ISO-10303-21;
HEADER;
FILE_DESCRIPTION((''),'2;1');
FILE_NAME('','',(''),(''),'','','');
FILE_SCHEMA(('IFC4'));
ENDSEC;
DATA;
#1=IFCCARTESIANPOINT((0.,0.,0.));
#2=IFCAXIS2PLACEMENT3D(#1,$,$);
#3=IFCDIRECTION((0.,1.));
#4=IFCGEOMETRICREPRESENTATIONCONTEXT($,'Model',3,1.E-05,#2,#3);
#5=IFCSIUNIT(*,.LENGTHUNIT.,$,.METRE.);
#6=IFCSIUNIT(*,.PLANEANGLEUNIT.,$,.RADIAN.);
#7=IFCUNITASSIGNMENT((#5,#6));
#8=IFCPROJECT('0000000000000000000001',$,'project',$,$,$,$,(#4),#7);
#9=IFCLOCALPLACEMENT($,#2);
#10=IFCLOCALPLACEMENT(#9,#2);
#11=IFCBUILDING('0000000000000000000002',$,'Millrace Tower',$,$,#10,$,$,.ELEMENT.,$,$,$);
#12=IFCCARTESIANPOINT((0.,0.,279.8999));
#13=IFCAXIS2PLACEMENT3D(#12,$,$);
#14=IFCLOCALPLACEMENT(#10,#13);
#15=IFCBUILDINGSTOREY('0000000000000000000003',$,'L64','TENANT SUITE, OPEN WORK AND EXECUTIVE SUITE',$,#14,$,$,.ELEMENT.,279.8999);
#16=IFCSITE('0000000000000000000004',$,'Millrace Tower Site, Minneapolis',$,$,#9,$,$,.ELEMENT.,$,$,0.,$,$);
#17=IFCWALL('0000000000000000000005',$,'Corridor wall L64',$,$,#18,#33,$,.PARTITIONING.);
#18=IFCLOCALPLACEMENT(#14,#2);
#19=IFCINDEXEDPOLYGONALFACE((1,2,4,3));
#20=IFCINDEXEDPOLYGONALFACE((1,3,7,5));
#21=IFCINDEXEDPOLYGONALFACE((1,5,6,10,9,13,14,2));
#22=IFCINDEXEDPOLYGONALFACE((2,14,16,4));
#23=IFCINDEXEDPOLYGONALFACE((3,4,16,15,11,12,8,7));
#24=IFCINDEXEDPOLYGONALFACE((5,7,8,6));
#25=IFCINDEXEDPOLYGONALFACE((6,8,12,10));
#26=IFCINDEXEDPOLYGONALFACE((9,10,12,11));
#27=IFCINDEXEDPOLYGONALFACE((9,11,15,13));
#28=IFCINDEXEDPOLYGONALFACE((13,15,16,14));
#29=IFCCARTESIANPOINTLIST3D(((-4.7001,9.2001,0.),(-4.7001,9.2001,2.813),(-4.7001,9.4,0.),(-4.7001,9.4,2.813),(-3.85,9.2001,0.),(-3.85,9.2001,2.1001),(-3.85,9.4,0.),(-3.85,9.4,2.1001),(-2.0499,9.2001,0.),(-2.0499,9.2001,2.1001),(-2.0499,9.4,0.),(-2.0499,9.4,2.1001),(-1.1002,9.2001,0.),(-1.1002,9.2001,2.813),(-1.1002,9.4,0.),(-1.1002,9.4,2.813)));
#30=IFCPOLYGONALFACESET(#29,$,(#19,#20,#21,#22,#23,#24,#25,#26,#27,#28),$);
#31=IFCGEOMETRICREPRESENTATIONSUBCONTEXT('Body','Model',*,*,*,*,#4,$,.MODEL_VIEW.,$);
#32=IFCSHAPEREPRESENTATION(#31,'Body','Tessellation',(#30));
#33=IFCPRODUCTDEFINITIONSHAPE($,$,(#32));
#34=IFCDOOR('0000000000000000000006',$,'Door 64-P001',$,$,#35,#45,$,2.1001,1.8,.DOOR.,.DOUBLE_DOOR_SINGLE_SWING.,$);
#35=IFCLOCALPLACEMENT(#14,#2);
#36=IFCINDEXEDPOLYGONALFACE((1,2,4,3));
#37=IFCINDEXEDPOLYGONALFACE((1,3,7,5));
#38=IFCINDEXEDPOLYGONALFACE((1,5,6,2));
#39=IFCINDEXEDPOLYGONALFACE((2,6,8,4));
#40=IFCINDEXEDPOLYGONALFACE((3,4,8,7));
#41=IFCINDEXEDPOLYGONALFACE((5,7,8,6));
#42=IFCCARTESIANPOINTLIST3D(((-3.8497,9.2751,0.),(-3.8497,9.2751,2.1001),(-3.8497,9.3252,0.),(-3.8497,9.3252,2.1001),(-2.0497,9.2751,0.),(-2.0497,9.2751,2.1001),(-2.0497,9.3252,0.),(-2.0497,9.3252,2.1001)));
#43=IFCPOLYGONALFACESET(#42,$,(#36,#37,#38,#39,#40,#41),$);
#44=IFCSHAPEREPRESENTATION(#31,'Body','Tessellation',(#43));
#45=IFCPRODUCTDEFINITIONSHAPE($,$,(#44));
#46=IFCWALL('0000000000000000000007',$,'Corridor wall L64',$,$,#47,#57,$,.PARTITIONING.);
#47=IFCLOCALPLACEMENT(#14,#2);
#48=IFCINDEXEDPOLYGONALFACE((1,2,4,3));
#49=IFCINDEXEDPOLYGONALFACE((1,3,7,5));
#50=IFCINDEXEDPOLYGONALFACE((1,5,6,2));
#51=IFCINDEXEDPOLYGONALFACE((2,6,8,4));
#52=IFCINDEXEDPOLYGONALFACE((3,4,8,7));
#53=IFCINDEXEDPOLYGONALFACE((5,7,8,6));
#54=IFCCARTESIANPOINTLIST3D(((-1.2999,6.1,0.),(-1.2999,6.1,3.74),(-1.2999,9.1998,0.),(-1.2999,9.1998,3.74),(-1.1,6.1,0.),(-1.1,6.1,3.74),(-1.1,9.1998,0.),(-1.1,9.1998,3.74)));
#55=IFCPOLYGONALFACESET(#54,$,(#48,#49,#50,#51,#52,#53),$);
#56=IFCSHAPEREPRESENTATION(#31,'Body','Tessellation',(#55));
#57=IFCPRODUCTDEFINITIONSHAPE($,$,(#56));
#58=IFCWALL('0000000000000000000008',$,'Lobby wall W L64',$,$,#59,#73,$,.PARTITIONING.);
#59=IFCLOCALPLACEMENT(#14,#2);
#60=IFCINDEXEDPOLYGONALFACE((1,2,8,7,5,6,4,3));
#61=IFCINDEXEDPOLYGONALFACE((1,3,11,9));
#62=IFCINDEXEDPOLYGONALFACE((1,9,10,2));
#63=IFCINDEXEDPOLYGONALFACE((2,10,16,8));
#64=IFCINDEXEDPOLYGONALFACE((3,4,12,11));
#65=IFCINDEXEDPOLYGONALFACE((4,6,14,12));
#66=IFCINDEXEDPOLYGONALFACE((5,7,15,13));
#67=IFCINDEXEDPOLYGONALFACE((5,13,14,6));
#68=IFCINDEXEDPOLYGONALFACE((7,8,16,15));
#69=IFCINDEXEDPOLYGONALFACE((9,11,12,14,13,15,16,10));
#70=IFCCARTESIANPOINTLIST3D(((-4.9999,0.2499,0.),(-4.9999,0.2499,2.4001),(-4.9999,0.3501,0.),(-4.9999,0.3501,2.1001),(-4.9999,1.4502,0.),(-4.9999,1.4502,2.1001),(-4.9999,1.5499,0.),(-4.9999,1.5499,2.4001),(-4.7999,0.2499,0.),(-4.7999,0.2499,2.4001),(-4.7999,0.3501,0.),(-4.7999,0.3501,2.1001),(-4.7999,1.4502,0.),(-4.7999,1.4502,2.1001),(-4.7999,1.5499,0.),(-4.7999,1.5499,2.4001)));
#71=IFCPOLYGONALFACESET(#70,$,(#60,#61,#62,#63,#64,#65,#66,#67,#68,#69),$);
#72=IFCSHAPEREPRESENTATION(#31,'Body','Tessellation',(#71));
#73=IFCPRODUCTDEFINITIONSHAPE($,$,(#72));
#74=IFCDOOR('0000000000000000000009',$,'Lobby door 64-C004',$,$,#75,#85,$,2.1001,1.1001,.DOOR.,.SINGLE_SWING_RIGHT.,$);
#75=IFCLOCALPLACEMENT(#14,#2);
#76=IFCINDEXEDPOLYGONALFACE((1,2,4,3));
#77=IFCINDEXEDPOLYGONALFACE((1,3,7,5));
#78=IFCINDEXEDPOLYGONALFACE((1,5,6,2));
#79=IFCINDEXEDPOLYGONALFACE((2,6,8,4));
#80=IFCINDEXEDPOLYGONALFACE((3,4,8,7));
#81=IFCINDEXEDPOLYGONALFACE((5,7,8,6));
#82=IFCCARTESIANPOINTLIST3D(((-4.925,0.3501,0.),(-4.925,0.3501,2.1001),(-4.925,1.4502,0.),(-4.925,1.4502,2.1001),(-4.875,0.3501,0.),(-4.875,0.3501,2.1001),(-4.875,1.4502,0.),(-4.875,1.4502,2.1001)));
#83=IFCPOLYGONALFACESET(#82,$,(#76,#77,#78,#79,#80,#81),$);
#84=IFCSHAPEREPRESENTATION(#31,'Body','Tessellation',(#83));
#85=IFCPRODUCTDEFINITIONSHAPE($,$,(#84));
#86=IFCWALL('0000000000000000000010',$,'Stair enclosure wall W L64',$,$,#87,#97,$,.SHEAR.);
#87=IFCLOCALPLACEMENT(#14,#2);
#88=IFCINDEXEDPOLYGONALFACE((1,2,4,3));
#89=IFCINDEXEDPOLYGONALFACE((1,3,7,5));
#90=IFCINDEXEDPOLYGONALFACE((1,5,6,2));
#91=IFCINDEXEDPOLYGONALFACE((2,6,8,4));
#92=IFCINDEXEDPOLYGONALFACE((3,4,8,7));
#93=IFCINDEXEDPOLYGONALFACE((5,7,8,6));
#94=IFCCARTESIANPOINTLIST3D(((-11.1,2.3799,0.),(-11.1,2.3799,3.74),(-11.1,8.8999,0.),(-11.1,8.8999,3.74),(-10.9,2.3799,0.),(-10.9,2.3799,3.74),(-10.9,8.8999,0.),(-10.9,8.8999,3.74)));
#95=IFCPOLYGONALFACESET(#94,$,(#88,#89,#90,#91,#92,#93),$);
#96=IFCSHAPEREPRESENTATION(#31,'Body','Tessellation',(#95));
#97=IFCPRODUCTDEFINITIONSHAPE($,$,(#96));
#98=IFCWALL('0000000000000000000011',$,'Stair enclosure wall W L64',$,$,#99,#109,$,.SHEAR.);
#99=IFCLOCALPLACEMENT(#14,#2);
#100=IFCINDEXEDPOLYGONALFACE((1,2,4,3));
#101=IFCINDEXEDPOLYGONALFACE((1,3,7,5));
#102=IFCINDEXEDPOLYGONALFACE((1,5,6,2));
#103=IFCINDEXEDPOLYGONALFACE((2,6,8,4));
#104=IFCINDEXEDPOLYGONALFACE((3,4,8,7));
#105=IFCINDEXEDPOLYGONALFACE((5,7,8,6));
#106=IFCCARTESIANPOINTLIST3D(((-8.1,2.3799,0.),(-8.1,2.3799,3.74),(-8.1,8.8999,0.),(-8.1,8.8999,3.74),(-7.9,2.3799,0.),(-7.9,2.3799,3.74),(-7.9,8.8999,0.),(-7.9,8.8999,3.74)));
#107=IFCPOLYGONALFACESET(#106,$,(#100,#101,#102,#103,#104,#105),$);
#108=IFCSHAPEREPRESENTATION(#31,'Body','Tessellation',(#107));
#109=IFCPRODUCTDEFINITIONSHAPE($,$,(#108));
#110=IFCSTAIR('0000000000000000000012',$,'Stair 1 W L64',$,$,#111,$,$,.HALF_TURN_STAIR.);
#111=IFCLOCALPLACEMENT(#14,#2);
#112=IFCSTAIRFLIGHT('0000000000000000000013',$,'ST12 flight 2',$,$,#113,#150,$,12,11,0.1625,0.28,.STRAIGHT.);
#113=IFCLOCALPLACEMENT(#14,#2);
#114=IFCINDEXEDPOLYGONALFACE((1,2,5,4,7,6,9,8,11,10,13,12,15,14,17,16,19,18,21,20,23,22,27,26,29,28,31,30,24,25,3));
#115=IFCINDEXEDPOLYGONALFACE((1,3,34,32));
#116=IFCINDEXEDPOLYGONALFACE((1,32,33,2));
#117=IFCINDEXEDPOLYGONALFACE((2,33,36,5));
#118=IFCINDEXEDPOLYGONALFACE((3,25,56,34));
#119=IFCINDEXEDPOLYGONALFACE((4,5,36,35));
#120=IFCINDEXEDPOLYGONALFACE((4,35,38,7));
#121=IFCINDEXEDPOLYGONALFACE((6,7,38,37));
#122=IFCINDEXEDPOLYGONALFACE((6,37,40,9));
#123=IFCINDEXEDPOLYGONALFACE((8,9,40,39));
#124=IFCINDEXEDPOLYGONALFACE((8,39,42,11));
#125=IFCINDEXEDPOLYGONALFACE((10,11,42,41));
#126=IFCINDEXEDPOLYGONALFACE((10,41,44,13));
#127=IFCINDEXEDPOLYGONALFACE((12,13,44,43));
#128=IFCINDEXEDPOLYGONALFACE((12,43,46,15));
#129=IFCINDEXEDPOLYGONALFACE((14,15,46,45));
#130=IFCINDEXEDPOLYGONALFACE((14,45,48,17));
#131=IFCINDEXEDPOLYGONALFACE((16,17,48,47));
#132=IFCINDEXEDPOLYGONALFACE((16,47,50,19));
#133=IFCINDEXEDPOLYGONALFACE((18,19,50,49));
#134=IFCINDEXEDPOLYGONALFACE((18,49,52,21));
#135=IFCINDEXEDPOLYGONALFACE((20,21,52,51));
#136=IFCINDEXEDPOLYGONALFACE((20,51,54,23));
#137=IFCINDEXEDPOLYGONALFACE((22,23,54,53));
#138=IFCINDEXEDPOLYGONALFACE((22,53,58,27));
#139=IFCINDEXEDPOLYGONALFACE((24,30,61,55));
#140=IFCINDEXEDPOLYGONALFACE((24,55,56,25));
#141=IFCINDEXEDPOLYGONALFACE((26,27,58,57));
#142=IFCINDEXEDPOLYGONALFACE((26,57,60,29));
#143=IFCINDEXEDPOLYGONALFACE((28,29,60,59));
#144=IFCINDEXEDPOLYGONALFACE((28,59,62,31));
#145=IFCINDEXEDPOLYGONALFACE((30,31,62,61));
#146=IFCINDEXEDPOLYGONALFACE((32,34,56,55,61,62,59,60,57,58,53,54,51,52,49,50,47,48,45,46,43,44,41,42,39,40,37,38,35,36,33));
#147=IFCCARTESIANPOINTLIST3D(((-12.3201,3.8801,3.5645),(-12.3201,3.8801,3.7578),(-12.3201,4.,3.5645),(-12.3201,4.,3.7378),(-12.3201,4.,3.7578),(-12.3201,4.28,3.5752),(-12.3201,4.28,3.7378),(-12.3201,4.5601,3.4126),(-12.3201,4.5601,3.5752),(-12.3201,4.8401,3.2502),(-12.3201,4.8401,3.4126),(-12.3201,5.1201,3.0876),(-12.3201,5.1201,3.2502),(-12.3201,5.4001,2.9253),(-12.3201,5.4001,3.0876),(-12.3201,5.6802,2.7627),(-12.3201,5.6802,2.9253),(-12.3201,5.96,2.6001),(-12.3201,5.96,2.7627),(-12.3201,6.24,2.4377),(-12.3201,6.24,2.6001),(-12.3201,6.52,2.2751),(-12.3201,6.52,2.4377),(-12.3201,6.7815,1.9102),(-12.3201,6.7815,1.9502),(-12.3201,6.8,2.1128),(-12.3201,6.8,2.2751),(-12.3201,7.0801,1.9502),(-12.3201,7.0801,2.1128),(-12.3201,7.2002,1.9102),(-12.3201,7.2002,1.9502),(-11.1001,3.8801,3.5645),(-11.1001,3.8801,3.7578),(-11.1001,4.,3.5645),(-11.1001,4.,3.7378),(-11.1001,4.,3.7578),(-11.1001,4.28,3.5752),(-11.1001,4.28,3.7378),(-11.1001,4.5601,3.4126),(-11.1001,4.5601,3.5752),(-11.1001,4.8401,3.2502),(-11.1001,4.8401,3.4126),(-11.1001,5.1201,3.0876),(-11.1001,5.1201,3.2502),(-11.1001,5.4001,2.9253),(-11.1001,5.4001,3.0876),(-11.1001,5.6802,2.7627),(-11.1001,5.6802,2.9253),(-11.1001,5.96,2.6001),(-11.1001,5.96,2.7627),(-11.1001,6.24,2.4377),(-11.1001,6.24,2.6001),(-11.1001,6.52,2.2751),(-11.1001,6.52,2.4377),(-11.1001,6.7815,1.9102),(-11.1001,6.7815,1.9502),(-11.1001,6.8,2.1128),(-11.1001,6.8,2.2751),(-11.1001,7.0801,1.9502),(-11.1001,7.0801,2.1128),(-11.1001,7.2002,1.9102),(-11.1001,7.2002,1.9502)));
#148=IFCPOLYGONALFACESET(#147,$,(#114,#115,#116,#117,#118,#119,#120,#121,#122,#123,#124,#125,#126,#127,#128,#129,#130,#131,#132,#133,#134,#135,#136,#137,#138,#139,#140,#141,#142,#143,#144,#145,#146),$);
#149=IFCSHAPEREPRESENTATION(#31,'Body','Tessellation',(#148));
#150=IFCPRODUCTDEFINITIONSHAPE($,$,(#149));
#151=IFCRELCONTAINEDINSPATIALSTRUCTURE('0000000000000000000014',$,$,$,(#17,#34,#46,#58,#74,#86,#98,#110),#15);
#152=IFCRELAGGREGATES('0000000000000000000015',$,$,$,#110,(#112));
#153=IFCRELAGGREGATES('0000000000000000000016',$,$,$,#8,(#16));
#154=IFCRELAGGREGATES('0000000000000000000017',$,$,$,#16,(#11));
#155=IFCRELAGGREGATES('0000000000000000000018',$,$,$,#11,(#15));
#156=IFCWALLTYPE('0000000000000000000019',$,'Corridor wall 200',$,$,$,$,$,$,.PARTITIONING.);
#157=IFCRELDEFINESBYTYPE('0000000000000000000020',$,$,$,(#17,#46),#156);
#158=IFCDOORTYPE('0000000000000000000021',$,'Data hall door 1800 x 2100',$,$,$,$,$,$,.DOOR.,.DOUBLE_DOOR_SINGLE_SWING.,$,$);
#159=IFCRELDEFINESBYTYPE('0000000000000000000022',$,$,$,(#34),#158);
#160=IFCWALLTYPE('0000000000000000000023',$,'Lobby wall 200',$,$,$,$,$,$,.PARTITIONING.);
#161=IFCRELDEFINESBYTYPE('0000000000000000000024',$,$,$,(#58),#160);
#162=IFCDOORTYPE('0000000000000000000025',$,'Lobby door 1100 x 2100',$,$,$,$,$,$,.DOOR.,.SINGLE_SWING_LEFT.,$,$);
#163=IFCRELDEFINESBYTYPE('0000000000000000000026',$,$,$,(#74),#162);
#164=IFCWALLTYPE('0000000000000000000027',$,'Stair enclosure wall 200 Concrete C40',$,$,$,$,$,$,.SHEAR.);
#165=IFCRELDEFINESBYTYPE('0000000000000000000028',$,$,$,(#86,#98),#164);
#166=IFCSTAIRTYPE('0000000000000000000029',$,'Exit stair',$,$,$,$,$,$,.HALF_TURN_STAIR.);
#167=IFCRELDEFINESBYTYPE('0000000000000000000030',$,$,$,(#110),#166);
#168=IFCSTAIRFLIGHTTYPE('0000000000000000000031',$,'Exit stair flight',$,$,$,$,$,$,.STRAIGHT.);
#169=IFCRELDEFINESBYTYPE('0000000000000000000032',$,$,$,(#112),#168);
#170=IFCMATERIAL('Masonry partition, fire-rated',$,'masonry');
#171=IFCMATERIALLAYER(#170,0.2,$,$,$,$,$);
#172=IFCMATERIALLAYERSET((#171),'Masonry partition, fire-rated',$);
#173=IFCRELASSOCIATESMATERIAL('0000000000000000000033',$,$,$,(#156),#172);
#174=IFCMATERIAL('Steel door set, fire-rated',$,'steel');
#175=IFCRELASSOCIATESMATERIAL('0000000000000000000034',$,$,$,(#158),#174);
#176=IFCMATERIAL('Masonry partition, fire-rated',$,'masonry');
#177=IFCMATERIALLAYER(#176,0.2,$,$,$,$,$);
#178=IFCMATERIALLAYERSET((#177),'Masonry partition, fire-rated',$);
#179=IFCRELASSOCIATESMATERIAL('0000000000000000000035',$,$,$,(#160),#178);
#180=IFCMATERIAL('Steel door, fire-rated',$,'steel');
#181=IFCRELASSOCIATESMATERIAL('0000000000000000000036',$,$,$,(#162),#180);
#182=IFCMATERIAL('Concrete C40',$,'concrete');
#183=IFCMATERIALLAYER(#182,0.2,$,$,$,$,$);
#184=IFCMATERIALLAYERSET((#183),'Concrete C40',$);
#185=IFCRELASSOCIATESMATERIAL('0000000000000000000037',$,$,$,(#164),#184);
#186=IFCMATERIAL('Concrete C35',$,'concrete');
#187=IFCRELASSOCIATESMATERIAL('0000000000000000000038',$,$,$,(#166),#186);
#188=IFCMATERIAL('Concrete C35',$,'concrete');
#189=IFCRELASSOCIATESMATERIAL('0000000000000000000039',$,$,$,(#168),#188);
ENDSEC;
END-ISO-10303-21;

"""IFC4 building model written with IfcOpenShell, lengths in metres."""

from ifc_helpers import new_model, si_unit, direction, frame, frame_2d, origin, place, context, subcontext, project, spatial, polyline, rectangle, outline, extrude, material, layer, layer_set, type_object, element, fill, aggregate, save


model = new_model("IFC4")

# Units and contexts
model_context = context("Model", 3, precision=1e-05, world=origin(), true_north=direction((0.0, 1.0)))
body_context = subcontext(model_context, "Body", "Model", "MODEL_VIEW")
ifc_project = project(units=[si_unit("LENGTHUNIT", "METRE"), si_unit("PLANEANGLEUNIT", "RADIAN")], contexts=[model_context])

# Site, building, storey
site_placement = place(None, origin())
site = spatial("IfcSite", under=ifc_project, at=site_placement, Name="Millrace Tower Site, Minneapolis", CompositionType="ELEMENT", RefElevation=0.0)
building_placement = place(site_placement, origin())
building = spatial("IfcBuilding", under=site, at=building_placement, Name="Millrace Tower", CompositionType="ELEMENT")
storey_placement = place(building_placement, frame((0.0, 0.0, 279.8999)))
storey = spatial("IfcBuildingStorey", under=building, at=storey_placement, Name="L64", Description="TENANT SUITE, OPEN WORK AND EXECUTIVE SUITE", CompositionType="ELEMENT", Elevation=279.8999)

# Shared definitions
ifc_material_1 = material(Name="Masonry partition, fire-rated", Category="masonry")
ifc_layer_1 = layer(ifc_material_1, 0.2)
ifc_layer_set_1 = layer_set([ifc_layer_1], Name="Masonry partition, fire-rated")
wall_type_1 = type_object("IfcWallType", Name="Corridor wall 200", PredefinedType="PARTITIONING", material=ifc_layer_set_1)

# Wall, opening, door
wall_1_placement = place(storey_placement, frame((-4.7, 9.3, 0.0), z_axis=(0.0, 0.0, 1.0), x_axis=(1.0, 0.0, 0.0)))
wall_1 = element("IfcWall", 1, at=wall_1_placement, inside=storey, type_object=wall_type_1, Name="Corridor wall L64", PredefinedType="PARTITIONING", context=body_context, shape_type="SweptSolid", body=[
    extrude(rectangle(XDim=3.5999, YDim=0.2, at=frame_2d((1.7998, 0.0))), origin(), (0.0, 0.0, 1.0), 2.813),
])
opening_1_placement = place(wall_1_placement, frame((0.8501, 0.0, 0.0)))
opening_1 = element("IfcOpeningElement", 2, at=opening_1_placement, cuts=wall_1, PredefinedType="OPENING", context=body_context, shape_type="SweptSolid", body=[
    extrude(rectangle(XDim=1.8, YDim=2.1001, at=frame_2d((0.8999, 1.05))), frame((0.0, 0.1099, 0.0), z_axis=(0.0, -1.0, 0.0), x_axis=(1.0, 0.0, 0.0)), (0.0, 0.0, 1.0), 0.22),
])
ifc_material_2 = material(Name="Steel door set, fire-rated", Category="steel")
door_type_1 = type_object("IfcDoorType", Name="Data hall door 1800 x 2100", OperationType="DOUBLE_DOOR_SINGLE_SWING", PredefinedType="DOOR", material=ifc_material_2)
door_1_placement = place(opening_1_placement, frame((1.8, 0.0, 0.0), z_axis=(0.0, 0.0, 1.0), x_axis=(-1.0, 0.0, 0.0)))
door_1 = element("IfcDoor", 3, at=door_1_placement, inside=storey, type_object=door_type_1, Name="Door 64-P001", OperationType="DOUBLE_DOOR_SINGLE_SWING", OverallHeight=2.1001, OverallWidth=1.8, PredefinedType="DOOR", context=body_context, shape_type="SweptSolid", body=[
    extrude(rectangle(XDim=1.8, YDim=2.1001, at=frame_2d((0.8999, 1.05))), frame((0.0, 0.0249, 0.0), z_axis=(0.0, -1.0, 0.0), x_axis=(1.0, 0.0, 0.0)), (0.0, 0.0, 1.0), 0.05),
])
fill(opening_1, door_1)

# Wall
wall_2_placement = place(storey_placement, frame((-1.2, 6.1001, 0.0), z_axis=(0.0, 0.0, 1.0), x_axis=(0.0, 1.0, 0.0)))
element("IfcWall", 4, at=wall_2_placement, inside=storey, type_object=wall_type_1, Name="Corridor wall L64", PredefinedType="PARTITIONING", context=body_context, shape_type="SweptSolid", body=[
    extrude(rectangle(XDim=3.0999, YDim=0.2, at=frame_2d((1.5498, 0.0))), origin(), (0.0, 0.0, 1.0), 3.74),
])

# Wall, opening, door
ifc_material_3 = material(Name="Masonry partition, fire-rated", Category="masonry")
ifc_layer_2 = layer(ifc_material_3, 0.2)
ifc_layer_set_2 = layer_set([ifc_layer_2], Name="Masonry partition, fire-rated")
wall_type_2 = type_object("IfcWallType", Name="Lobby wall 200", PredefinedType="PARTITIONING", material=ifc_layer_set_2)
wall_3_placement = place(storey_placement, frame((-4.8999, 0.25, 0.0), z_axis=(0.0, 0.0, 1.0), x_axis=(0.0, 1.0, 0.0)))
wall_3 = element("IfcWall", 5, at=wall_3_placement, inside=storey, type_object=wall_type_2, Name="Lobby wall W L64", PredefinedType="PARTITIONING", context=body_context, shape_type="SweptSolid", body=[
    extrude(rectangle(XDim=1.3, YDim=0.2, at=frame_2d((0.6499, 0.0))), origin(), (0.0, 0.0, 1.0), 2.4001),
])
opening_2_placement = place(wall_3_placement, frame((0.1001, 0.0, 0.0)))
opening_2 = element("IfcOpeningElement", 6, at=opening_2_placement, cuts=wall_3, PredefinedType="OPENING", context=body_context, shape_type="SweptSolid", body=[
    extrude(rectangle(XDim=1.1001, YDim=2.1001, at=frame_2d((0.55, 1.05))), frame((0.0, 0.1099, 0.0), z_axis=(0.0, -1.0, 0.0), x_axis=(1.0, 0.0, 0.0)), (0.0, 0.0, 1.0), 0.22),
])
ifc_material_4 = material(Name="Steel door, fire-rated", Category="steel")
door_type_2 = type_object("IfcDoorType", Name="Lobby door 1100 x 2100", OperationType="SINGLE_SWING_LEFT", PredefinedType="DOOR", material=ifc_material_4)
door_2_placement = place(opening_2_placement, frame((1.1001, 0.0, 0.0), z_axis=(0.0, 0.0, 1.0), x_axis=(-1.0, 0.0, 0.0)))
door_2 = element("IfcDoor", 7, at=door_2_placement, inside=storey, type_object=door_type_2, Name="Lobby door 64-C004", OperationType="SINGLE_SWING_RIGHT", OverallHeight=2.1001, OverallWidth=1.1001, PredefinedType="DOOR", context=body_context, shape_type="SweptSolid", body=[
    extrude(rectangle(XDim=1.1001, YDim=2.1001, at=frame_2d((0.55, 1.05))), frame((0.0, 0.0249, 0.0), z_axis=(0.0, -1.0, 0.0), x_axis=(1.0, 0.0, 0.0)), (0.0, 0.0, 1.0), 0.05),
])
fill(opening_2, door_2)

# Walls
ifc_material_5 = material(Name="Concrete C40", Category="concrete")
ifc_layer_3 = layer(ifc_material_5, 0.2)
ifc_layer_set_3 = layer_set([ifc_layer_3], Name="Concrete C40")
wall_type_3 = type_object("IfcWallType", Name="Stair enclosure wall 200 Concrete C40", PredefinedType="SHEAR", material=ifc_layer_set_3)
for number, where, z_axis, x_axis, name in (
    (8, (-11.0, 2.3799, 0.0), (0.0, 0.0, 1.0), (0.0, 1.0, 0.0), "Stair enclosure wall W L64"),
    (9, (-8.0, 2.3799, 0.0), (0.0, 0.0, 1.0), (0.0, 1.0, 0.0), "Stair enclosure wall W L64"),
):
    element("IfcWall", number, at=place(storey_placement, frame(where, z_axis=z_axis, x_axis=x_axis)), inside=storey, type_object=wall_type_3, Name=name, PredefinedType="SHEAR", context=body_context, shape_type="SweptSolid", body=[
        extrude(rectangle(XDim=6.52, YDim=0.2, at=frame_2d((3.26, 0.0))), origin(), (0.0, 0.0, 1.0), 3.74),
    ])

# Stair, stair flight
ifc_material_6 = material(Name="Concrete C35", Category="concrete")
stair_type = type_object("IfcStairType", Name="Exit stair", PredefinedType="HALF_TURN_STAIR", material=ifc_material_6)
placement = place(storey_placement, origin())
stair_1 = element("IfcStair", 10, at=placement, inside=storey, type_object=stair_type, Name="Stair 1 W L64", PredefinedType="HALF_TURN_STAIR")
ifc_material_7 = material(Name="Concrete C35", Category="concrete")
stair_flight_type = type_object("IfcStairFlightType", Name="Exit stair flight", PredefinedType="STRAIGHT", material=ifc_material_7)
stair_flight_1_placement = place(storey_placement, frame((-11.71, 7.0801, 1.9502), z_axis=(0.0, 0.0, 1.0), x_axis=(0.0, -1.0, 0.0)))
stair_flight_1 = element("IfcStairFlight", 11, at=stair_flight_1_placement, type_object=stair_flight_type, Name="ST12 flight 2", NumberOfRisers=12, NumberOfTreads=11, PredefinedType="STRAIGHT", RiserHeight=0.1625, TreadLength=0.28, context=body_context, shape_type="SweptSolid", body=[
    extrude(outline(polyline([(-0.1201, -0.04), (-0.1201, 0.0), (0.0, 0.0), (0.0, 0.1626), (0.28, 0.1626), (0.28, 0.325), (0.5601, 0.325), (0.5601, 0.4875), (0.8401, 0.4875), (0.8401, 0.6499), (1.1201, 0.6499), (1.1201, 0.8125), (1.3999, 0.8125), (1.3999, 0.9751), (1.6799, 0.9751), (1.6799, 1.1375), (1.96, 1.1375), (1.96, 1.3), (2.24, 1.3), (2.24, 1.4624), (2.52, 1.4624), (2.52, 1.625), (2.8, 1.625), (2.8, 1.7876), (3.0801, 1.7876), (3.0801, 1.8076), (3.2, 1.8076), (3.2, 1.6143), (3.0801, 1.6143), (0.2986, 0.0), (0.2986, -0.04), (-0.1201, -0.04)])), frame((0.0, 0.6099, 0.0), z_axis=(0.0, -1.0, 0.0), x_axis=(1.0, 0.0, 0.0)), (0.0, 0.0, 1.0), 1.22),
])
aggregate(stair_1, [stair_flight_1])

save(model, "model.ifc")
